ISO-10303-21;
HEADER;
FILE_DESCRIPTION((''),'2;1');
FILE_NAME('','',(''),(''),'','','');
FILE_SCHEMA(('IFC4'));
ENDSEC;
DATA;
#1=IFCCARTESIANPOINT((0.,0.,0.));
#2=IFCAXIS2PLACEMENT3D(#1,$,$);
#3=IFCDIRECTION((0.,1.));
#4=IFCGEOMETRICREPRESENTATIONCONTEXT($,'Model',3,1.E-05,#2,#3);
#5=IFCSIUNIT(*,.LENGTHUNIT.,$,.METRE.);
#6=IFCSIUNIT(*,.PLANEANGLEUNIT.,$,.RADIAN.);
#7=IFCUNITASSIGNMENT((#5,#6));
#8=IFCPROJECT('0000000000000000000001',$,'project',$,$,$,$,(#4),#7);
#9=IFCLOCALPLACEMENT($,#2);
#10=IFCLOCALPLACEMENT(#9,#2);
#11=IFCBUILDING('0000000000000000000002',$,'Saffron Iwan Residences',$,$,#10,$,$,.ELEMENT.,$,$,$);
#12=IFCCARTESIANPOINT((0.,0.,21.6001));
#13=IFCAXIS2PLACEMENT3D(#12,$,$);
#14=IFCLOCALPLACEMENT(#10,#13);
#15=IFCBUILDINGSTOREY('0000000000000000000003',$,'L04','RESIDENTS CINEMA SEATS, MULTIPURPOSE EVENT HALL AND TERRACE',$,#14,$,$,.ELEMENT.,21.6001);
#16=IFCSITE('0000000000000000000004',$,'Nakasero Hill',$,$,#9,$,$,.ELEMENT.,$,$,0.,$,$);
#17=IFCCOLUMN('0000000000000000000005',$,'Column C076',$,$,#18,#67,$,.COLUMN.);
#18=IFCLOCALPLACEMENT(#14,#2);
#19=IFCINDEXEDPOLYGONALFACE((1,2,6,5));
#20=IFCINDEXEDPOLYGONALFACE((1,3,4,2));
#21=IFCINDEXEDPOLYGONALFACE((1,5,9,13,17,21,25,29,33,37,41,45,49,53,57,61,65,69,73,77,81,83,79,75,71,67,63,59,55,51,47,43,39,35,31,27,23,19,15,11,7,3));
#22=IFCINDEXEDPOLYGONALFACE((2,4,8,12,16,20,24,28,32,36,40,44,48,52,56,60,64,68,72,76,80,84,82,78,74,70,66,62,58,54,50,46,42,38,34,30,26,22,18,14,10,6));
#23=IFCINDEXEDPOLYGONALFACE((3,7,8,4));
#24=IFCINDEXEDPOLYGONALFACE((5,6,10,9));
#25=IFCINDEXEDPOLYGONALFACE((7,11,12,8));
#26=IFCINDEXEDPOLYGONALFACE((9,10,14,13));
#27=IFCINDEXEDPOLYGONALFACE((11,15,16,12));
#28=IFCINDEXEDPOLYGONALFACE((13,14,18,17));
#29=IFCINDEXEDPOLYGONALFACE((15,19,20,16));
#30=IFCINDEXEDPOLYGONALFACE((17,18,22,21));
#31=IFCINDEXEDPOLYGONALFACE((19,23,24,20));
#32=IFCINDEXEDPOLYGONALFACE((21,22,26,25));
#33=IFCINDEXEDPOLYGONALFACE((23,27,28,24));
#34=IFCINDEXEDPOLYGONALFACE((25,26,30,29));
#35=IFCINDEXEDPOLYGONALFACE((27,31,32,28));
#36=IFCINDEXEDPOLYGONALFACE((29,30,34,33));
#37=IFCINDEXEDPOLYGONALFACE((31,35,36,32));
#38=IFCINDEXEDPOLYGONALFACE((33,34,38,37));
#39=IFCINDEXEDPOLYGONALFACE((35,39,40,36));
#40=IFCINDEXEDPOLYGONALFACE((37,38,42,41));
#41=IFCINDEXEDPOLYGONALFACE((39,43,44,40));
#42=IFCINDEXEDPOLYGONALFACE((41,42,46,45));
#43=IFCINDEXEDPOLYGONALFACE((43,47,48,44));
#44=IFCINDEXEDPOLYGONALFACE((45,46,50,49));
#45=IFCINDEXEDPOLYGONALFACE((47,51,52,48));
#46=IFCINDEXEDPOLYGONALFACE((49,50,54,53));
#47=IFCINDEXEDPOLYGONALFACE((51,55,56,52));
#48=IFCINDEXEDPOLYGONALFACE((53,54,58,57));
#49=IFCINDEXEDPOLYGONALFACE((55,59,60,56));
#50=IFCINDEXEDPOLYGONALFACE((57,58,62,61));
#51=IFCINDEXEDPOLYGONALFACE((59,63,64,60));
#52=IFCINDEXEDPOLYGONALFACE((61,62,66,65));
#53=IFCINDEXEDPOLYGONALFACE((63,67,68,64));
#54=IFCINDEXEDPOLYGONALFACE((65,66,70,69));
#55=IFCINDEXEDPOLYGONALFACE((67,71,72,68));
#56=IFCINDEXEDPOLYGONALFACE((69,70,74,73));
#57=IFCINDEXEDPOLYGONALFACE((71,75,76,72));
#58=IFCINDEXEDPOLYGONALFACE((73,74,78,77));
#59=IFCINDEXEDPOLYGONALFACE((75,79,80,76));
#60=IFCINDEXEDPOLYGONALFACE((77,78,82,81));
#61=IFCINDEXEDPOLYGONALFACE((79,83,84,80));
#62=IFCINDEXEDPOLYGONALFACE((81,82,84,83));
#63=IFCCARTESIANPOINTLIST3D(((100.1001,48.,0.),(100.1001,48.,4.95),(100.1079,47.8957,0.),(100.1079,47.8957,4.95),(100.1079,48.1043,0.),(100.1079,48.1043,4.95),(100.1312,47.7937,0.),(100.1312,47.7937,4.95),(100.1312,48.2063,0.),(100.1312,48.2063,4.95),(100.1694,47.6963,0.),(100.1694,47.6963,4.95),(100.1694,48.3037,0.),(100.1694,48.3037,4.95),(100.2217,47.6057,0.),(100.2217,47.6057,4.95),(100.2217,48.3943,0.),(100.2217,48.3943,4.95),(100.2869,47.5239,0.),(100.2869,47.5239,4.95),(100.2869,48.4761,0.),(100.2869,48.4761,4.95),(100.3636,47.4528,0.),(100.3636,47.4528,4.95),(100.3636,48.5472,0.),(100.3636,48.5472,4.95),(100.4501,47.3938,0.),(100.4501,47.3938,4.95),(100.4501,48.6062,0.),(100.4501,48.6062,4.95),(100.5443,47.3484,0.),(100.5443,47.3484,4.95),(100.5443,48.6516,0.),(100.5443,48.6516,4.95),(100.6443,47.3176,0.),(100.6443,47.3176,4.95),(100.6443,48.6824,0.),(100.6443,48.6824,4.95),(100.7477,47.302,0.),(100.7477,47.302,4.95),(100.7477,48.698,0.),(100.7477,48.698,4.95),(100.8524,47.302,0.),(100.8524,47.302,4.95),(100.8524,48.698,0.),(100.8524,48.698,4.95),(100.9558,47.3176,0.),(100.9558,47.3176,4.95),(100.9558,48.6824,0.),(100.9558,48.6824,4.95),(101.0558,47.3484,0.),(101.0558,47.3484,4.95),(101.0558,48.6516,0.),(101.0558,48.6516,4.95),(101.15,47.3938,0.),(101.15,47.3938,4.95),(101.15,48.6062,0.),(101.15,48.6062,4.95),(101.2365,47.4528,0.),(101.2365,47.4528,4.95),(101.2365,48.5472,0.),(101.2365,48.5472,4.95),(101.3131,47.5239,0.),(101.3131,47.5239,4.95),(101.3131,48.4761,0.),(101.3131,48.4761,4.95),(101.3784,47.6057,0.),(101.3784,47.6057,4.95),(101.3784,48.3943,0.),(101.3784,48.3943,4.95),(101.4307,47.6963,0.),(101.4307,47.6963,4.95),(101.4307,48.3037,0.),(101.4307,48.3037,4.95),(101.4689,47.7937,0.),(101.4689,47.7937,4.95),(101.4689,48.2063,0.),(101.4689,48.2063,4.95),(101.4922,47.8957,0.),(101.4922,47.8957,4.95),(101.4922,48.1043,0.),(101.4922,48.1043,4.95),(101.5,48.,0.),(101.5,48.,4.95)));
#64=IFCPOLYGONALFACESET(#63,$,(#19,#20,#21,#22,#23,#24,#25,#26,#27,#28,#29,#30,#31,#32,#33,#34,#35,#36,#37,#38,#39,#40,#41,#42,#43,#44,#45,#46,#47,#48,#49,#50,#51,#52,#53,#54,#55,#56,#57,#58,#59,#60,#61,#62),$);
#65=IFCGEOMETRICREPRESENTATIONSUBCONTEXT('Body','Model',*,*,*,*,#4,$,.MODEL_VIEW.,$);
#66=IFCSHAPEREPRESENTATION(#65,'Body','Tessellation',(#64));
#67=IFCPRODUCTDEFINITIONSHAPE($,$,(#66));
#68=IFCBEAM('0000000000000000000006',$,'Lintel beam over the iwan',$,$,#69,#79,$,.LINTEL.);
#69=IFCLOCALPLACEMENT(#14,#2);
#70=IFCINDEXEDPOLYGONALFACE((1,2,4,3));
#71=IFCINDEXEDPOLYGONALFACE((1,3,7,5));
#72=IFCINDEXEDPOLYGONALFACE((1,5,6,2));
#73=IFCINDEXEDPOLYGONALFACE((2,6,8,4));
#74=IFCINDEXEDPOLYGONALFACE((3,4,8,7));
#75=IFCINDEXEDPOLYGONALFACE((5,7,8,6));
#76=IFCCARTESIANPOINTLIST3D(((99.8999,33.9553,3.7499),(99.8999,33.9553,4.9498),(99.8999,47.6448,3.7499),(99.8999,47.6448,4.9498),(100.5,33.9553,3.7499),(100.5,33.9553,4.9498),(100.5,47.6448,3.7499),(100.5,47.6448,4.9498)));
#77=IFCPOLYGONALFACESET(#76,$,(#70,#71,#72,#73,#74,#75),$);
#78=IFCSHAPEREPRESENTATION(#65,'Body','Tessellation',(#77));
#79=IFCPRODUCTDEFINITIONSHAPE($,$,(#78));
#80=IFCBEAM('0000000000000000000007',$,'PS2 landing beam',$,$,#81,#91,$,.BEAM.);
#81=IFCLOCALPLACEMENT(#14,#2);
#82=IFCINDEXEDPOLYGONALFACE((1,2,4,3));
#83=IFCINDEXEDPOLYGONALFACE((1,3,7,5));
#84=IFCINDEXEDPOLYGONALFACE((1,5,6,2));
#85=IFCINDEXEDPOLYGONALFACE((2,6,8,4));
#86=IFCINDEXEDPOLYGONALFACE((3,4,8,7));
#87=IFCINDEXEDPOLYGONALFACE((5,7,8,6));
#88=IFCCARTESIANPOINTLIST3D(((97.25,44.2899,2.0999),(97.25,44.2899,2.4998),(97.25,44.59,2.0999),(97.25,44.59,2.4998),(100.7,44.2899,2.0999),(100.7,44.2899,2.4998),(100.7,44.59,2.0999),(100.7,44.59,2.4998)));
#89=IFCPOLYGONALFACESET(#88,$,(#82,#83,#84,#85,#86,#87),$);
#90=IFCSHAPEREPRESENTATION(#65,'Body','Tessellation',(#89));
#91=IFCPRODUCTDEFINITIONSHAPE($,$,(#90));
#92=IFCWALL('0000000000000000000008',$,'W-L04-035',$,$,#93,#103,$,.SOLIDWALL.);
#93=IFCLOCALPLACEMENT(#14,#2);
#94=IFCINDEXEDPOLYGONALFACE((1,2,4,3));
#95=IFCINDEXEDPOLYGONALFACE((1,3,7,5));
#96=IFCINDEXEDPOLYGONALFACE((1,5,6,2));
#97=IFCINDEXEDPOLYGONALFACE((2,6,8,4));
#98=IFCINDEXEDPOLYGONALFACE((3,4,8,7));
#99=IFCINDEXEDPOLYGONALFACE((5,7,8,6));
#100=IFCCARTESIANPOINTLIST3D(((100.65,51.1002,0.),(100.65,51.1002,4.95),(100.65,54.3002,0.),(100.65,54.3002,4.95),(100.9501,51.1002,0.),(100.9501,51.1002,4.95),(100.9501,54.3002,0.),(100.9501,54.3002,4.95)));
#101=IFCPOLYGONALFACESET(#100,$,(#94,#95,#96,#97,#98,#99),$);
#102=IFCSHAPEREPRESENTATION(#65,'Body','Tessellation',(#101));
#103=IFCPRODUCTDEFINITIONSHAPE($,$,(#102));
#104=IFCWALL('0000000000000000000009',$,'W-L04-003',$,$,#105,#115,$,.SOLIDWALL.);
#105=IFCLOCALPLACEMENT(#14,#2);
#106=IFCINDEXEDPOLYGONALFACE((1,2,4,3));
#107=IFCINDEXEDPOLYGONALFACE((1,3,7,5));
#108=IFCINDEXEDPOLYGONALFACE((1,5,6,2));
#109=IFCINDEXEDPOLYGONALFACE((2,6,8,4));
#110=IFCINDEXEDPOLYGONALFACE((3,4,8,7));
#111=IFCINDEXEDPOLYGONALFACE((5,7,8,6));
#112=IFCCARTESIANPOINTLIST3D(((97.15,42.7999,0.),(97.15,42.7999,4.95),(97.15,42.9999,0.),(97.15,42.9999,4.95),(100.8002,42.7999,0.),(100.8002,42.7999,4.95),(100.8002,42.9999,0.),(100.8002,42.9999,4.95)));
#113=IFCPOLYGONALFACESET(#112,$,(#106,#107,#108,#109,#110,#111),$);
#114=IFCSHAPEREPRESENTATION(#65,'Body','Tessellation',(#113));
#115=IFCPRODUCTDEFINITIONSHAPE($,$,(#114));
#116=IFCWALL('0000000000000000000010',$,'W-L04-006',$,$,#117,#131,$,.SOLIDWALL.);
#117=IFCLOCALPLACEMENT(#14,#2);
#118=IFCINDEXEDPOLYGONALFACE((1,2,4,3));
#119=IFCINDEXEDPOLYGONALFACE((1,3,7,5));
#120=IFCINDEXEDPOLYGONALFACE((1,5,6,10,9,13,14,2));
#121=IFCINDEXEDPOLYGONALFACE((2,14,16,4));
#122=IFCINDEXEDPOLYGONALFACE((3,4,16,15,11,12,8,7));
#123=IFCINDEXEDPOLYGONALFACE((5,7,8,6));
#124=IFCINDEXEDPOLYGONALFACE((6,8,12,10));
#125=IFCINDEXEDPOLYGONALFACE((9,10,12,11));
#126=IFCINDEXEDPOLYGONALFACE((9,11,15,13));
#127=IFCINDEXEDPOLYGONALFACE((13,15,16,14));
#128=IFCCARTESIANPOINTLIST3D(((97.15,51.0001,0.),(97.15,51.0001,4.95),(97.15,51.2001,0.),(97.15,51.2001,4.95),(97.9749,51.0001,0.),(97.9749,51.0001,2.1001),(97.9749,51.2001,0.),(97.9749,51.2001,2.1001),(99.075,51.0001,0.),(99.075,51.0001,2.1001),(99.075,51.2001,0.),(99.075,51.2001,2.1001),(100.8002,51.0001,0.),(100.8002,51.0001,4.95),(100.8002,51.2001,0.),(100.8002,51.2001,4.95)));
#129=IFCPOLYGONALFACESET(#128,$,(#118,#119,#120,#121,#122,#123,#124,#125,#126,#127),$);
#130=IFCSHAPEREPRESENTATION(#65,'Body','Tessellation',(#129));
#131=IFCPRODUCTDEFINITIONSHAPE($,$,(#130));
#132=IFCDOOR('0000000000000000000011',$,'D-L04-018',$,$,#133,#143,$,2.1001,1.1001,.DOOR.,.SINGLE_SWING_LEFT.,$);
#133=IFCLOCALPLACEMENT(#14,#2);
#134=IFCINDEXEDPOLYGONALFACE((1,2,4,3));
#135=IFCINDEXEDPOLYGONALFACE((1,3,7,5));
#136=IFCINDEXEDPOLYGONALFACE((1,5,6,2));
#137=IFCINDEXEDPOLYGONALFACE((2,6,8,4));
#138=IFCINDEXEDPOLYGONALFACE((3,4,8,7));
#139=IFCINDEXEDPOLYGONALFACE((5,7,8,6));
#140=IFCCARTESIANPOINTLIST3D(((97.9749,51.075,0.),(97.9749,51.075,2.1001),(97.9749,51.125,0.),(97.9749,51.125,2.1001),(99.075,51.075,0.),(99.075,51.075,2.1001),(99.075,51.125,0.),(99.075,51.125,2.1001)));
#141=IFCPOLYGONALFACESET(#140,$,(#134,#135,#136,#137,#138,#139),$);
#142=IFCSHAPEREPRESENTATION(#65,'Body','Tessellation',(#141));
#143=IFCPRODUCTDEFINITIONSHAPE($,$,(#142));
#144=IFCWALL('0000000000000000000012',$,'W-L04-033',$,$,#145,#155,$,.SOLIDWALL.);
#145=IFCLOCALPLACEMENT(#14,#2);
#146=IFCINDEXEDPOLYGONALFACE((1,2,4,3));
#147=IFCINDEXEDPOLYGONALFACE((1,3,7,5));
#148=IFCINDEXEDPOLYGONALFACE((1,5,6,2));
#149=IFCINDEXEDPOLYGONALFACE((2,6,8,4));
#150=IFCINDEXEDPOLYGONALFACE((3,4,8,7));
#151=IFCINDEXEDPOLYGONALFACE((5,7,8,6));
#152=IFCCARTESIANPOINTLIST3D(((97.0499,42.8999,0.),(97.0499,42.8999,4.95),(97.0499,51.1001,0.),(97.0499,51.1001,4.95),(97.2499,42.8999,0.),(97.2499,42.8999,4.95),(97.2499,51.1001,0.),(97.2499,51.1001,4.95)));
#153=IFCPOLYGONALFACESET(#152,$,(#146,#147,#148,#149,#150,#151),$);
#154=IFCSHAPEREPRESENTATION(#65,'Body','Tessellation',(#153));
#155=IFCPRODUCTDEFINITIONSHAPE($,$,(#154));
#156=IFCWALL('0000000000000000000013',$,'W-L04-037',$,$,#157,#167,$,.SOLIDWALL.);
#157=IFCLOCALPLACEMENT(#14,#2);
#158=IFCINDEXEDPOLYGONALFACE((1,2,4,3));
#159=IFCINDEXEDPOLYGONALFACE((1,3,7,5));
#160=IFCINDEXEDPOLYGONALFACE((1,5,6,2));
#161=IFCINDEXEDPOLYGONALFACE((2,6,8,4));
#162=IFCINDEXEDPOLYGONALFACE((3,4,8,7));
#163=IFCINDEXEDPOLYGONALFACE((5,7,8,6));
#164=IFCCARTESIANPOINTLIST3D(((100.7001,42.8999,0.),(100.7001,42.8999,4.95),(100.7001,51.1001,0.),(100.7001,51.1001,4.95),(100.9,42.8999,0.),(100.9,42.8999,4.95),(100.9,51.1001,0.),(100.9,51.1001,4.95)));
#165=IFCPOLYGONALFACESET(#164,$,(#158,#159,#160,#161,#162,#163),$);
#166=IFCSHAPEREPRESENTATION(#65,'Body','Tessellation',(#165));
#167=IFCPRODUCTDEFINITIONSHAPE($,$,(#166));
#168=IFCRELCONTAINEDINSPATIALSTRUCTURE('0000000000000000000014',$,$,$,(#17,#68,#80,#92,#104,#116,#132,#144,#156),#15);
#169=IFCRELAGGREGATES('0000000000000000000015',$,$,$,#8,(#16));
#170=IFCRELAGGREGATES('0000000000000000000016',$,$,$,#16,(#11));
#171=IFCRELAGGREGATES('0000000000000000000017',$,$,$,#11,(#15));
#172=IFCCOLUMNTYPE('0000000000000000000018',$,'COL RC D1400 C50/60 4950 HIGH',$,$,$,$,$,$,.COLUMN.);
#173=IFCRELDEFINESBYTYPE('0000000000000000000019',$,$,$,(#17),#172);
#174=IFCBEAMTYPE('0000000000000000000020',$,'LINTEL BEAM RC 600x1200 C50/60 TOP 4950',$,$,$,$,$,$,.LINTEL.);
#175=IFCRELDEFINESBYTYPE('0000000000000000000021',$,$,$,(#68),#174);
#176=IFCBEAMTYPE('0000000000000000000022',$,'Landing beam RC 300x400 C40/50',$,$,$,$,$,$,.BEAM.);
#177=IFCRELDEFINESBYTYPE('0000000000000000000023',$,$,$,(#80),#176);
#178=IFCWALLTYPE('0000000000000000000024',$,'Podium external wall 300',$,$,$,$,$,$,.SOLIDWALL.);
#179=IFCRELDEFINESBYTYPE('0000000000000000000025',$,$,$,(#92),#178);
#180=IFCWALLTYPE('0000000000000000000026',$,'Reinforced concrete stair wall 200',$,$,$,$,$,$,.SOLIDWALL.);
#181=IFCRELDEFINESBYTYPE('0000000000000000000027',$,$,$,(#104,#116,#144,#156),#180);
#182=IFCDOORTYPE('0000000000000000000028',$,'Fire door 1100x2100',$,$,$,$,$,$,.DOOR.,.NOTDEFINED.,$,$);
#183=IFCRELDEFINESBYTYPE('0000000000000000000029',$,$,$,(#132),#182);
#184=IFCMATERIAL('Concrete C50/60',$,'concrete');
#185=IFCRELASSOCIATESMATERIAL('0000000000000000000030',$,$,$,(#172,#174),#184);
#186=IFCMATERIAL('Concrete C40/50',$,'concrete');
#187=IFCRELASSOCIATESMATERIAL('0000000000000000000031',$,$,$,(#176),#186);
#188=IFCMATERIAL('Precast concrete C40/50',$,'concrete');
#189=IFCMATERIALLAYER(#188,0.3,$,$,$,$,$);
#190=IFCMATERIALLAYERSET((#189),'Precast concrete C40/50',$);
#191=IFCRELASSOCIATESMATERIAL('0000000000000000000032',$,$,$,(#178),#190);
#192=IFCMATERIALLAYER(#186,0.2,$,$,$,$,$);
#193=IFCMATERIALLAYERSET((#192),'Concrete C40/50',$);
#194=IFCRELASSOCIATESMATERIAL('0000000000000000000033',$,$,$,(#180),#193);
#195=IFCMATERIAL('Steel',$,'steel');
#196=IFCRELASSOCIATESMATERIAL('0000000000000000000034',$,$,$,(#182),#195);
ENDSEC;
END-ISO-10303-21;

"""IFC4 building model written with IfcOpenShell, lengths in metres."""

from ifc_helpers import new_model, si_unit, direction, frame, frame_2d, origin, origin_2d, place, context, subcontext, project, spatial, rectangle, circle, extrude, source, transform, mapped, material, layer, layer_set, material_profile, profile_set, type_object, element, fill, save


model = new_model("IFC4")

# Units and contexts
model_context = context("Model", 3, precision=1e-05, world=origin(), true_north=direction((0.0, 1.0)))
body_context = subcontext(model_context, "Body", "Model", "MODEL_VIEW")
ifc_project = project(units=[si_unit("LENGTHUNIT", "METRE"), si_unit("PLANEANGLEUNIT", "RADIAN")], contexts=[model_context])

# Site, building, storey
site_placement = place(None, origin())
site = spatial("IfcSite", under=ifc_project, at=site_placement, Name="Nakasero Hill", CompositionType="ELEMENT", RefElevation=0.0)
building_placement = place(site_placement, origin())
building = spatial("IfcBuilding", under=site, at=building_placement, Name="Saffron Iwan Residences", CompositionType="ELEMENT")
storey_placement = place(building_placement, frame((0.0, 0.0, 21.6001)))
storey = spatial("IfcBuildingStorey", under=building, at=storey_placement, Name="L04", Description="RESIDENTS CINEMA SEATS, MULTIPURPOSE EVENT HALL AND TERRACE", CompositionType="ELEMENT", Elevation=21.6001)

# Column
ifc_material_1 = material(Name="Concrete C50/60", Category="concrete")
ifc_material_profile_1 = material_profile(ifc_material_1, circle(Radius=0.7, at=origin_2d()), Name="RC D1400")
ifc_profile_set_1 = profile_set([ifc_material_profile_1], Name="Concrete C50/60")
column_type = type_object("IfcColumnType", Name="COL RC D1400 C50/60 4950 HIGH", PredefinedType="COLUMN", material=ifc_profile_set_1)
shared_shape_1 = source(origin(), body_context, "Body", "SweptSolid", [
    extrude(circle(Radius=0.7, at=origin_2d()), origin(), (0.0, 0.0, 1.0), 4.95),
])
column_placement = place(storey_placement, frame((100.8, 48.0, 0.0), z_axis=(0.0, 0.0, 1.0), x_axis=(1.0, 0.0, 0.0)))
element("IfcColumn", 1, at=column_placement, inside=storey, type_object=column_type, Name="Column C076", PredefinedType="COLUMN", context=body_context, shape_type="MappedRepresentation", body=[
    mapped(shared_shape_1, transform((0.0, 0.0, 0.0))),
])

# Beams
ifc_material_profile_2 = material_profile(ifc_material_1, rectangle(XDim=0.6001, YDim=1.2, at=origin_2d()), Name="RC 600x1200")
ifc_profile_set_2 = profile_set([ifc_material_profile_2], Name="Concrete C50/60")
beam_type_1 = type_object("IfcBeamType", Name="LINTEL BEAM RC 600x1200 C50/60 TOP 4950", PredefinedType="LINTEL", material=ifc_profile_set_2)
shared_shape_2 = source(origin(), body_context, "Body", "SweptSolid", [
    extrude(rectangle(XDim=0.6001, YDim=1.2, at=origin_2d()), origin(), (0.0, 0.0, 1.0), 13.6895),
])
beam_1_placement = place(storey_placement, frame((100.2, 47.6448, 4.3499), z_axis=(0.0, -1.0, 0.0), x_axis=(1.0, 0.0, 0.0)))
element("IfcBeam", 2, at=beam_1_placement, inside=storey, type_object=beam_type_1, Name="Lintel beam over the iwan", PredefinedType="LINTEL", context=body_context, shape_type="MappedRepresentation", body=[
    mapped(shared_shape_2, transform((0.0, 0.0, 0.0))),
])
ifc_material_2 = material(Name="Concrete C40/50", Category="concrete")
ifc_material_profile_3 = material_profile(ifc_material_2, rectangle(XDim=0.3, YDim=0.3999, at=origin_2d()), Name="Landing beam RC 300x400 C40/50")
ifc_profile_set_3 = profile_set([ifc_material_profile_3], Name="Concrete C40/50")
beam_type_2 = type_object("IfcBeamType", Name="Landing beam RC 300x400 C40/50", PredefinedType="BEAM", material=ifc_profile_set_3)
shared_shape_3 = source(origin(), body_context, "Body", "SweptSolid", [
    extrude(rectangle(XDim=0.3, YDim=0.3999, at=origin_2d()), origin(), (0.0, 0.0, 1.0), 3.45),
])
beam_2_placement = place(storey_placement, frame((97.25, 44.4399, 2.2998), z_axis=(1.0, 0.0, 0.0), x_axis=(0.0, 1.0, 0.0)))
element("IfcBeam", 3, at=beam_2_placement, inside=storey, type_object=beam_type_2, Name="PS2 landing beam", PredefinedType="BEAM", context=body_context, shape_type="MappedRepresentation", body=[
    mapped(shared_shape_3, transform((0.0, 0.0, 0.0))),
])

# Walls
ifc_material_3 = material(Name="Precast concrete C40/50", Category="concrete")
ifc_layer_1 = layer(ifc_material_3, 0.3)
ifc_layer_set_1 = layer_set([ifc_layer_1], Name="Precast concrete C40/50")
wall_type_1 = type_object("IfcWallType", Name="Podium external wall 300", PredefinedType="SOLIDWALL", material=ifc_layer_set_1)
wall_1_placement = place(storey_placement, frame((100.8, 51.1001, 0.0), z_axis=(0.0, 0.0, 1.0), x_axis=(0.0, 1.0, 0.0)))
element("IfcWall", 4, at=wall_1_placement, inside=storey, type_object=wall_type_1, Name="W-L04-035", PredefinedType="SOLIDWALL", context=body_context, shape_type="SweptSolid", body=[
    extrude(rectangle(XDim=3.2, YDim=0.3, at=frame_2d((1.6001, 0.0))), origin(), (0.0, 0.0, 1.0), 4.95),
])
ifc_layer_2 = layer(ifc_material_2, 0.2)
ifc_layer_set_2 = layer_set([ifc_layer_2], Name="Concrete C40/50")
wall_type_2 = type_object("IfcWallType", Name="Reinforced concrete stair wall 200", PredefinedType="SOLIDWALL", material=ifc_layer_set_2)
wall_2_placement = place(storey_placement, frame((97.1499, 42.8999, 0.0), z_axis=(0.0, 0.0, 1.0), x_axis=(1.0, 0.0, 0.0)))
element("IfcWall", 5, at=wall_2_placement, inside=storey, type_object=wall_type_2, Name="W-L04-003", PredefinedType="SOLIDWALL", context=body_context, shape_type="SweptSolid", body=[
    extrude(rectangle(XDim=3.6501, YDim=0.2, at=frame_2d((1.8252, 0.0))), origin(), (0.0, 0.0, 1.0), 4.95),
])

# Wall, opening, door
wall_3_placement = place(storey_placement, frame((97.1499, 51.1001, 0.0), z_axis=(0.0, 0.0, 1.0), x_axis=(1.0, 0.0, 0.0)))
wall_3 = element("IfcWall", 6, at=wall_3_placement, inside=storey, type_object=wall_type_2, Name="W-L04-006", PredefinedType="SOLIDWALL", context=body_context, shape_type="SweptSolid", body=[
    extrude(rectangle(XDim=3.6501, YDim=0.2, at=frame_2d((1.8252, 0.0))), origin(), (0.0, 0.0, 1.0), 4.95),
])
opening_placement = place(wall_3_placement, frame((0.825, 0.0, 0.0)))
opening = element("IfcOpeningElement", 7, at=opening_placement, cuts=wall_3, PredefinedType="OPENING", context=body_context, shape_type="SweptSolid", body=[
    extrude(rectangle(XDim=1.1001, YDim=2.1001, at=frame_2d((0.55, 1.05))), frame((0.0, 0.1099, 0.0), z_axis=(0.0, -1.0, 0.0), x_axis=(1.0, 0.0, 0.0)), (0.0, 0.0, 1.0), 0.22),
])
ifc_material_4 = material(Name="Steel", Category="steel")
door_type = type_object("IfcDoorType", Name="Fire door 1100x2100", OperationType="NOTDEFINED", PredefinedType="DOOR", material=ifc_material_4)
door_placement = place(opening_placement, origin())
door = element("IfcDoor", 8, at=door_placement, inside=storey, type_object=door_type, Name="D-L04-018", OperationType="SINGLE_SWING_LEFT", OverallHeight=2.1001, OverallWidth=1.1001, PredefinedType="DOOR", context=body_context, shape_type="SweptSolid", body=[
    extrude(rectangle(XDim=1.1001, YDim=2.1001, at=frame_2d((0.55, 1.05))), frame((0.0, 0.0249, 0.0), z_axis=(0.0, -1.0, 0.0), x_axis=(1.0, 0.0, 0.0)), (0.0, 0.0, 1.0), 0.05),
])
fill(opening, door)

# Walls
for number, where, z_axis, x_axis, name in (
    (9, (97.1499, 42.8999, 0.0), (0.0, 0.0, 1.0), (0.0, 1.0, 0.0), "W-L04-033"),
    (10, (100.8, 42.8999, 0.0), (0.0, 0.0, 1.0), (0.0, 1.0, 0.0), "W-L04-037"),
):
    element("IfcWall", number, at=place(storey_placement, frame(where, z_axis=z_axis, x_axis=x_axis)), inside=storey, type_object=wall_type_2, Name=name, PredefinedType="SOLIDWALL", context=body_context, shape_type="SweptSolid", body=[
        extrude(rectangle(XDim=8.2002, YDim=0.2, at=frame_2d((4.1001, 0.0))), origin(), (0.0, 0.0, 1.0), 4.95),
    ])

save(model, "model.ifc")
